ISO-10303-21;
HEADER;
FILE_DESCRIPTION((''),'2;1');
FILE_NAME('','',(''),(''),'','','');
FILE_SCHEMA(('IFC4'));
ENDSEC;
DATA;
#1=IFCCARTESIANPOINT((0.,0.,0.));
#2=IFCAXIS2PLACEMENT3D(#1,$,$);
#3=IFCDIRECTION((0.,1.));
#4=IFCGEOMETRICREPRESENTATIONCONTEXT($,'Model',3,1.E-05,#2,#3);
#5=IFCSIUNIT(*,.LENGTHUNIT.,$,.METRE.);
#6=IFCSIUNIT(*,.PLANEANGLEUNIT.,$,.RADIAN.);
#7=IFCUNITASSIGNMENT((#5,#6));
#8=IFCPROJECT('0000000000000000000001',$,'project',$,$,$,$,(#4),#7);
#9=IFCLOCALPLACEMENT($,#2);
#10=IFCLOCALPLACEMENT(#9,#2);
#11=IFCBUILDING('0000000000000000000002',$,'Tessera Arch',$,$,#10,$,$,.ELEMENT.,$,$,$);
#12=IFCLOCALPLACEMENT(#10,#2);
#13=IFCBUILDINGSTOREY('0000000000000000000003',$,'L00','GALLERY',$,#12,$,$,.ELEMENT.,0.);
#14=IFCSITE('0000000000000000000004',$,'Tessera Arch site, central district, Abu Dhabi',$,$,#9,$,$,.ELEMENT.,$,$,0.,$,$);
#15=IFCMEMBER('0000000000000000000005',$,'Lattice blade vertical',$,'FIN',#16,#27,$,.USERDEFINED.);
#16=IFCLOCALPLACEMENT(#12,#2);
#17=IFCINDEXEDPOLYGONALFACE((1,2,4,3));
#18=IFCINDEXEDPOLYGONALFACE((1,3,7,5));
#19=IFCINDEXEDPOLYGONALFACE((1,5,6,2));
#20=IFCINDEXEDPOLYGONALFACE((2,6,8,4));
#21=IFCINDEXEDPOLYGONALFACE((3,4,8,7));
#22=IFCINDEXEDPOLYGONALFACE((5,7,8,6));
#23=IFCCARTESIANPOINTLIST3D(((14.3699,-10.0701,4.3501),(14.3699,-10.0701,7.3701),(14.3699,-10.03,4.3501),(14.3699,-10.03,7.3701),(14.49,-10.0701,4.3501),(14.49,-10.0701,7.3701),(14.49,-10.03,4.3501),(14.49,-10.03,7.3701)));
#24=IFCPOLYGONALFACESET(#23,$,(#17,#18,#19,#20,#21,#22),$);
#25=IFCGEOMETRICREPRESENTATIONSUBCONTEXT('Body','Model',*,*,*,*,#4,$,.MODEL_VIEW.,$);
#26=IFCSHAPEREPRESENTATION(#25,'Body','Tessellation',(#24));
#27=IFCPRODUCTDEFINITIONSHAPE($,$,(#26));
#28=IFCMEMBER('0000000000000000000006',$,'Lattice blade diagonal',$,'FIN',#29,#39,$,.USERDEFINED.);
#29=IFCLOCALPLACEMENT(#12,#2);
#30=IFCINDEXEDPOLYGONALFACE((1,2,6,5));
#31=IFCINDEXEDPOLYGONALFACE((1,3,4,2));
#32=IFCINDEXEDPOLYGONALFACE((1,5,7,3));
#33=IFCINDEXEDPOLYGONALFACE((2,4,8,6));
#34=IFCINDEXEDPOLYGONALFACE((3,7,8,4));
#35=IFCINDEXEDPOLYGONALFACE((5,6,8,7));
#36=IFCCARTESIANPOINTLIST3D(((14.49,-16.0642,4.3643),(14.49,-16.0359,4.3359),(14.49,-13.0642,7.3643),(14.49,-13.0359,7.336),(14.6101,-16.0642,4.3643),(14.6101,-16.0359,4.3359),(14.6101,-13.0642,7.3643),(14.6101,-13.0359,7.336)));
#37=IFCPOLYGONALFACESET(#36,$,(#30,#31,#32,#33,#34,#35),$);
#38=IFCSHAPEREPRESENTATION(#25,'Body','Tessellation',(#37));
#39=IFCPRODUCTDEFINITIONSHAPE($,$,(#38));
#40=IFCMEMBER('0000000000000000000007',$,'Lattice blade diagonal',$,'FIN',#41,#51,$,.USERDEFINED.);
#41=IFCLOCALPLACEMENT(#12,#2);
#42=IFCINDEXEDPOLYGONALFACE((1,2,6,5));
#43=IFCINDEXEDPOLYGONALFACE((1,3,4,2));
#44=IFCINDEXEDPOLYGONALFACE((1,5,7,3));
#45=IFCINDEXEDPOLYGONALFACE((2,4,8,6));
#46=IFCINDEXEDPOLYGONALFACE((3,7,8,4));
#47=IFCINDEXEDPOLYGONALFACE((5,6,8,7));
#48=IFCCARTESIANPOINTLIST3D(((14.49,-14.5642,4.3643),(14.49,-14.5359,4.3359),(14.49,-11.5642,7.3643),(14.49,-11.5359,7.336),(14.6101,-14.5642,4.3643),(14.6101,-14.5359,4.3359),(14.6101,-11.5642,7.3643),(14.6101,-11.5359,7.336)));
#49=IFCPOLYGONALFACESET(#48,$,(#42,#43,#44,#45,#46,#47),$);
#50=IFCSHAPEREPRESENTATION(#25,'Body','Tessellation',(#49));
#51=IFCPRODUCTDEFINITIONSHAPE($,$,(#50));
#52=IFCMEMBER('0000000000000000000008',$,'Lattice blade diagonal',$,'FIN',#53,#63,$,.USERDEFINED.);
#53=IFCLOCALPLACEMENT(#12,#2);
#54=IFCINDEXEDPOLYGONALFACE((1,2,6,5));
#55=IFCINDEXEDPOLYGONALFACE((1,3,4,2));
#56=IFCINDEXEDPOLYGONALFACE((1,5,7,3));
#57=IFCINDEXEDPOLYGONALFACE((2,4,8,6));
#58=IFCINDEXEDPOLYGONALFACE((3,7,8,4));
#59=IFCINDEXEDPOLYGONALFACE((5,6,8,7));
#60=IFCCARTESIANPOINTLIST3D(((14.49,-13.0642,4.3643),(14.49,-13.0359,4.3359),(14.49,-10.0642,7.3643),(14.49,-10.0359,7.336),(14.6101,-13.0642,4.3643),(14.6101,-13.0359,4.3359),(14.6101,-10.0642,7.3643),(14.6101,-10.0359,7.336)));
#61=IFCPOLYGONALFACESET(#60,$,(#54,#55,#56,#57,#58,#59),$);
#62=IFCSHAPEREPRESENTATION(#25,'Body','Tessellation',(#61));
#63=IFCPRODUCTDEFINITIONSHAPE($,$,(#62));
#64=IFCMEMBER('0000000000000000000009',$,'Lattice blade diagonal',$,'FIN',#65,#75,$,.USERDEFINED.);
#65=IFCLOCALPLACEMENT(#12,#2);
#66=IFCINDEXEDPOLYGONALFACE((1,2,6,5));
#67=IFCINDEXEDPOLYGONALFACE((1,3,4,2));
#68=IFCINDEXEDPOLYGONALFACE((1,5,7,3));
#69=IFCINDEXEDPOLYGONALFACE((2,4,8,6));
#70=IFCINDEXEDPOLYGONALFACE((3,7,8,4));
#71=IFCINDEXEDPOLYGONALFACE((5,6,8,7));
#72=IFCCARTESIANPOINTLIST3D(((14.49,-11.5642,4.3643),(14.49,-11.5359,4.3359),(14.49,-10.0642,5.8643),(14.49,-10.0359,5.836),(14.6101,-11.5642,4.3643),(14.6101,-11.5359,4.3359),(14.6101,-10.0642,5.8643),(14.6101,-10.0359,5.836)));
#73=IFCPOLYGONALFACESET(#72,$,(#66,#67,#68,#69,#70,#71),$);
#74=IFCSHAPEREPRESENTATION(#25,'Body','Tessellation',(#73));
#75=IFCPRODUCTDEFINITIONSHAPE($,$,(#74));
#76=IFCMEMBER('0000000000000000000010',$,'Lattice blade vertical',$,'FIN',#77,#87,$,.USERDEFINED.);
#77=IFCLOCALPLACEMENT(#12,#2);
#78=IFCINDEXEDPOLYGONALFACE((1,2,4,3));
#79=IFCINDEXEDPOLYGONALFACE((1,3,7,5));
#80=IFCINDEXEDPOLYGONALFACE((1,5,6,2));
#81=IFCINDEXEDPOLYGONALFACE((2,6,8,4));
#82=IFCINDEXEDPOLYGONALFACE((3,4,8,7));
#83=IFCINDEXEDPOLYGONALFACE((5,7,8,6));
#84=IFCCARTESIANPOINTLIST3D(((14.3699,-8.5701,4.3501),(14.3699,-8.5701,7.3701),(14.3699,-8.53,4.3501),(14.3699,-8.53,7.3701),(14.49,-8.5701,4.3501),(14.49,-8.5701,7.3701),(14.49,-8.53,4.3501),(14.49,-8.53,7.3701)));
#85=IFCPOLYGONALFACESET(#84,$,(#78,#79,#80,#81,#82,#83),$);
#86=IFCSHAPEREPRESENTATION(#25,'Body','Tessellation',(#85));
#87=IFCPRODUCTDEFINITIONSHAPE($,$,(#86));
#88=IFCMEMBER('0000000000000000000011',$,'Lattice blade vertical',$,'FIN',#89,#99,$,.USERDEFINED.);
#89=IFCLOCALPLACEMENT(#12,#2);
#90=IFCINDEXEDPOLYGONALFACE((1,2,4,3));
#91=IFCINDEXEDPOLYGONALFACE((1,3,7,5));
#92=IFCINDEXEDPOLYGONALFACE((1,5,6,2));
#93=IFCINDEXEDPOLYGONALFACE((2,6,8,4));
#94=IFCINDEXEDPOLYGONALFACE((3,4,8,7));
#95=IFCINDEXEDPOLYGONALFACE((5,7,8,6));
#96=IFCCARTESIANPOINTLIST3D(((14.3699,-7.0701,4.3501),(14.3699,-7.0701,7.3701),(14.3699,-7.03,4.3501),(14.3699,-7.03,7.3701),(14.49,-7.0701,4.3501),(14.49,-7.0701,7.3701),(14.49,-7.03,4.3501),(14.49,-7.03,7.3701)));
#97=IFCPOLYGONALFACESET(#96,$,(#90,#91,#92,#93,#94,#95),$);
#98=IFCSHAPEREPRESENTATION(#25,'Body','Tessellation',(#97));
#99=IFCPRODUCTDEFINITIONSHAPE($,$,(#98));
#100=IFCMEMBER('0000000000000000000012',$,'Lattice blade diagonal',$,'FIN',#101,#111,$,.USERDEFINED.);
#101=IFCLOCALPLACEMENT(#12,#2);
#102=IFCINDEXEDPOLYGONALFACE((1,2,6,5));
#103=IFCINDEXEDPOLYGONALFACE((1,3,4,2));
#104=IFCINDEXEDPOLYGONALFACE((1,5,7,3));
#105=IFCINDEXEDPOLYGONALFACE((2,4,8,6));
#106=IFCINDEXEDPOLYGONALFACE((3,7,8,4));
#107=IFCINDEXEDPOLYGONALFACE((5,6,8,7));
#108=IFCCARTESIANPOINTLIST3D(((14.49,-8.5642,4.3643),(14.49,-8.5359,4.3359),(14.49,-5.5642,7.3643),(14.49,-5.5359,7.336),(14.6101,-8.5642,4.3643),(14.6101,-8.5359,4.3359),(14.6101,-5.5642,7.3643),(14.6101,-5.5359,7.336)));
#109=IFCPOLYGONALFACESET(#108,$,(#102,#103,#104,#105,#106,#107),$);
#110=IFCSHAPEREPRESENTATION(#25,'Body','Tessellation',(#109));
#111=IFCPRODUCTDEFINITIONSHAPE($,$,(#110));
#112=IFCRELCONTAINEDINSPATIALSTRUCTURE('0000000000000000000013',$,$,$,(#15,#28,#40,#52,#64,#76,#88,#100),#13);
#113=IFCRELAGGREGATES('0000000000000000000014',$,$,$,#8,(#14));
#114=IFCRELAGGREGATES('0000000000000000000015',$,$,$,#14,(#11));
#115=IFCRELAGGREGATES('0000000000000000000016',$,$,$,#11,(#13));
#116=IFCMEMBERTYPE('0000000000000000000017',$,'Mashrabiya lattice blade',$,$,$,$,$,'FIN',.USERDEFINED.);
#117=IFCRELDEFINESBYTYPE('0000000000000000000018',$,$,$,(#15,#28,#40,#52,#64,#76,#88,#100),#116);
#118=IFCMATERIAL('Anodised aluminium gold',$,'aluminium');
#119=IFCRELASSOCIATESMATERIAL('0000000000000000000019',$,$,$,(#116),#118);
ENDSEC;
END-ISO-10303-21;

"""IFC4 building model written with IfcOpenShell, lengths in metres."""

from ifc_helpers import new_model, si_unit, direction, frame, origin, origin_2d, place, context, subcontext, project, spatial, rectangle, extrude, material, material_profile, profile_set, type_object, element, save


model = new_model("IFC4")

# Units and contexts
model_context = context("Model", 3, precision=1e-05, world=origin(), true_north=direction((0.0, 1.0)))
body_context = subcontext(model_context, "Body", "Model", "MODEL_VIEW")
ifc_project = project(units=[si_unit("LENGTHUNIT", "METRE"), si_unit("PLANEANGLEUNIT", "RADIAN")], contexts=[model_context])

# Site, building, storey
site_placement = place(None, origin())
site = spatial("IfcSite", under=ifc_project, at=site_placement, Name="Tessera Arch site, central district, Abu Dhabi", CompositionType="ELEMENT", RefElevation=0.0)
building_placement = place(site_placement, origin())
building = spatial("IfcBuilding", under=site, at=building_placement, Name="Tessera Arch", CompositionType="ELEMENT")
storey_placement = place(building_placement, origin())
storey = spatial("IfcBuildingStorey", under=building, at=storey_placement, Name="L00", Description="GALLERY", CompositionType="ELEMENT", Elevation=0.0)

# Members
ifc_material = material(Name="Anodised aluminium gold", Category="aluminium")
ifc_material_profile = material_profile(ifc_material, rectangle(XDim=0.1201, YDim=0.04, at=origin_2d()), Name="AL 40x120")
ifc_profile_set = profile_set([ifc_material_profile], Name="Anodised aluminium gold")
member_type = type_object("IfcMemberType", Name="Mashrabiya lattice blade", ElementType="FIN", PredefinedType="USERDEFINED", material=ifc_profile_set)
for number, where, z_axis, x_axis, name in (
    (1, (14.4299, -10.05, 4.3501), (0.0, 0.0, 1.0), (1.0, 0.0, 0.0), "Lattice blade vertical"),
):
    element("IfcMember", number, at=place(storey_placement, frame(where, z_axis=z_axis, x_axis=x_axis)), inside=storey, type_object=member_type, Name=name, ObjectType="FIN", PredefinedType="USERDEFINED", context=body_context, shape_type="SweptSolid", body=[
        extrude(rectangle(XDim=0.1201, YDim=0.04, at=origin_2d()), origin(), (0.0, 0.0, 1.0), 3.02),
    ])
for number, where, z_axis, x_axis, name in (
    (2, (14.55, -16.05, 4.3501), (0.0, 0.707107, 0.707107), (-1.0, 0.0, 0.0), "Lattice blade diagonal"),
    (3, (14.55, -14.55, 4.3501), (0.0, 0.707107, 0.707107), (-1.0, 0.0, 0.0), "Lattice blade diagonal"),
    (4, (14.55, -13.05, 4.3501), (0.0, 0.707107, 0.707107), (-1.0, 0.0, 0.0), "Lattice blade diagonal"),
):
    element("IfcMember", number, at=place(storey_placement, frame(where, z_axis=z_axis, x_axis=x_axis)), inside=storey, type_object=member_type, Name=name, ObjectType="FIN", PredefinedType="USERDEFINED", context=body_context, shape_type="SweptSolid", body=[
        extrude(rectangle(XDim=0.1201, YDim=0.04, at=origin_2d()), origin(), (0.0, 0.0, 1.0), 4.2427),
    ])
member_1_placement = place(storey_placement, frame((14.55, -11.55, 4.3501), z_axis=(0.0, 0.707107, 0.707107), x_axis=(-1.0, 0.0, 0.0)))
element("IfcMember", 5, at=member_1_placement, inside=storey, type_object=member_type, Name="Lattice blade diagonal", ObjectType="FIN", PredefinedType="USERDEFINED", context=body_context, shape_type="SweptSolid", body=[
    extrude(rectangle(XDim=0.1201, YDim=0.04, at=origin_2d()), origin(), (0.0, 0.0, 1.0), 2.1213),
])
for number, where, z_axis, x_axis, name in (
    (6, (14.4299, -8.55, 4.3501), (0.0, 0.0, 1.0), (1.0, 0.0, 0.0), "Lattice blade vertical"),
    (7, (14.4299, -7.05, 4.3501), (0.0, 0.0, 1.0), (1.0, 0.0, 0.0), "Lattice blade vertical"),
):
    element("IfcMember", number, at=place(storey_placement, frame(where, z_axis=z_axis, x_axis=x_axis)), inside=storey, type_object=member_type, Name=name, ObjectType="FIN", PredefinedType="USERDEFINED", context=body_context, shape_type="SweptSolid", body=[
        extrude(rectangle(XDim=0.1201, YDim=0.04, at=origin_2d()), origin(), (0.0, 0.0, 1.0), 3.02),
    ])
member_2_placement = place(storey_placement, frame((14.55, -8.55, 4.3501), z_axis=(0.0, 0.707107, 0.707107), x_axis=(-1.0, 0.0, 0.0)))
element("IfcMember", 8, at=member_2_placement, inside=storey, type_object=member_type, Name="Lattice blade diagonal", ObjectType="FIN", PredefinedType="USERDEFINED", context=body_context, shape_type="SweptSolid", body=[
    extrude(rectangle(XDim=0.1201, YDim=0.04, at=origin_2d()), origin(), (0.0, 0.0, 1.0), 4.2427),
])

save(model, "model.ifc")
